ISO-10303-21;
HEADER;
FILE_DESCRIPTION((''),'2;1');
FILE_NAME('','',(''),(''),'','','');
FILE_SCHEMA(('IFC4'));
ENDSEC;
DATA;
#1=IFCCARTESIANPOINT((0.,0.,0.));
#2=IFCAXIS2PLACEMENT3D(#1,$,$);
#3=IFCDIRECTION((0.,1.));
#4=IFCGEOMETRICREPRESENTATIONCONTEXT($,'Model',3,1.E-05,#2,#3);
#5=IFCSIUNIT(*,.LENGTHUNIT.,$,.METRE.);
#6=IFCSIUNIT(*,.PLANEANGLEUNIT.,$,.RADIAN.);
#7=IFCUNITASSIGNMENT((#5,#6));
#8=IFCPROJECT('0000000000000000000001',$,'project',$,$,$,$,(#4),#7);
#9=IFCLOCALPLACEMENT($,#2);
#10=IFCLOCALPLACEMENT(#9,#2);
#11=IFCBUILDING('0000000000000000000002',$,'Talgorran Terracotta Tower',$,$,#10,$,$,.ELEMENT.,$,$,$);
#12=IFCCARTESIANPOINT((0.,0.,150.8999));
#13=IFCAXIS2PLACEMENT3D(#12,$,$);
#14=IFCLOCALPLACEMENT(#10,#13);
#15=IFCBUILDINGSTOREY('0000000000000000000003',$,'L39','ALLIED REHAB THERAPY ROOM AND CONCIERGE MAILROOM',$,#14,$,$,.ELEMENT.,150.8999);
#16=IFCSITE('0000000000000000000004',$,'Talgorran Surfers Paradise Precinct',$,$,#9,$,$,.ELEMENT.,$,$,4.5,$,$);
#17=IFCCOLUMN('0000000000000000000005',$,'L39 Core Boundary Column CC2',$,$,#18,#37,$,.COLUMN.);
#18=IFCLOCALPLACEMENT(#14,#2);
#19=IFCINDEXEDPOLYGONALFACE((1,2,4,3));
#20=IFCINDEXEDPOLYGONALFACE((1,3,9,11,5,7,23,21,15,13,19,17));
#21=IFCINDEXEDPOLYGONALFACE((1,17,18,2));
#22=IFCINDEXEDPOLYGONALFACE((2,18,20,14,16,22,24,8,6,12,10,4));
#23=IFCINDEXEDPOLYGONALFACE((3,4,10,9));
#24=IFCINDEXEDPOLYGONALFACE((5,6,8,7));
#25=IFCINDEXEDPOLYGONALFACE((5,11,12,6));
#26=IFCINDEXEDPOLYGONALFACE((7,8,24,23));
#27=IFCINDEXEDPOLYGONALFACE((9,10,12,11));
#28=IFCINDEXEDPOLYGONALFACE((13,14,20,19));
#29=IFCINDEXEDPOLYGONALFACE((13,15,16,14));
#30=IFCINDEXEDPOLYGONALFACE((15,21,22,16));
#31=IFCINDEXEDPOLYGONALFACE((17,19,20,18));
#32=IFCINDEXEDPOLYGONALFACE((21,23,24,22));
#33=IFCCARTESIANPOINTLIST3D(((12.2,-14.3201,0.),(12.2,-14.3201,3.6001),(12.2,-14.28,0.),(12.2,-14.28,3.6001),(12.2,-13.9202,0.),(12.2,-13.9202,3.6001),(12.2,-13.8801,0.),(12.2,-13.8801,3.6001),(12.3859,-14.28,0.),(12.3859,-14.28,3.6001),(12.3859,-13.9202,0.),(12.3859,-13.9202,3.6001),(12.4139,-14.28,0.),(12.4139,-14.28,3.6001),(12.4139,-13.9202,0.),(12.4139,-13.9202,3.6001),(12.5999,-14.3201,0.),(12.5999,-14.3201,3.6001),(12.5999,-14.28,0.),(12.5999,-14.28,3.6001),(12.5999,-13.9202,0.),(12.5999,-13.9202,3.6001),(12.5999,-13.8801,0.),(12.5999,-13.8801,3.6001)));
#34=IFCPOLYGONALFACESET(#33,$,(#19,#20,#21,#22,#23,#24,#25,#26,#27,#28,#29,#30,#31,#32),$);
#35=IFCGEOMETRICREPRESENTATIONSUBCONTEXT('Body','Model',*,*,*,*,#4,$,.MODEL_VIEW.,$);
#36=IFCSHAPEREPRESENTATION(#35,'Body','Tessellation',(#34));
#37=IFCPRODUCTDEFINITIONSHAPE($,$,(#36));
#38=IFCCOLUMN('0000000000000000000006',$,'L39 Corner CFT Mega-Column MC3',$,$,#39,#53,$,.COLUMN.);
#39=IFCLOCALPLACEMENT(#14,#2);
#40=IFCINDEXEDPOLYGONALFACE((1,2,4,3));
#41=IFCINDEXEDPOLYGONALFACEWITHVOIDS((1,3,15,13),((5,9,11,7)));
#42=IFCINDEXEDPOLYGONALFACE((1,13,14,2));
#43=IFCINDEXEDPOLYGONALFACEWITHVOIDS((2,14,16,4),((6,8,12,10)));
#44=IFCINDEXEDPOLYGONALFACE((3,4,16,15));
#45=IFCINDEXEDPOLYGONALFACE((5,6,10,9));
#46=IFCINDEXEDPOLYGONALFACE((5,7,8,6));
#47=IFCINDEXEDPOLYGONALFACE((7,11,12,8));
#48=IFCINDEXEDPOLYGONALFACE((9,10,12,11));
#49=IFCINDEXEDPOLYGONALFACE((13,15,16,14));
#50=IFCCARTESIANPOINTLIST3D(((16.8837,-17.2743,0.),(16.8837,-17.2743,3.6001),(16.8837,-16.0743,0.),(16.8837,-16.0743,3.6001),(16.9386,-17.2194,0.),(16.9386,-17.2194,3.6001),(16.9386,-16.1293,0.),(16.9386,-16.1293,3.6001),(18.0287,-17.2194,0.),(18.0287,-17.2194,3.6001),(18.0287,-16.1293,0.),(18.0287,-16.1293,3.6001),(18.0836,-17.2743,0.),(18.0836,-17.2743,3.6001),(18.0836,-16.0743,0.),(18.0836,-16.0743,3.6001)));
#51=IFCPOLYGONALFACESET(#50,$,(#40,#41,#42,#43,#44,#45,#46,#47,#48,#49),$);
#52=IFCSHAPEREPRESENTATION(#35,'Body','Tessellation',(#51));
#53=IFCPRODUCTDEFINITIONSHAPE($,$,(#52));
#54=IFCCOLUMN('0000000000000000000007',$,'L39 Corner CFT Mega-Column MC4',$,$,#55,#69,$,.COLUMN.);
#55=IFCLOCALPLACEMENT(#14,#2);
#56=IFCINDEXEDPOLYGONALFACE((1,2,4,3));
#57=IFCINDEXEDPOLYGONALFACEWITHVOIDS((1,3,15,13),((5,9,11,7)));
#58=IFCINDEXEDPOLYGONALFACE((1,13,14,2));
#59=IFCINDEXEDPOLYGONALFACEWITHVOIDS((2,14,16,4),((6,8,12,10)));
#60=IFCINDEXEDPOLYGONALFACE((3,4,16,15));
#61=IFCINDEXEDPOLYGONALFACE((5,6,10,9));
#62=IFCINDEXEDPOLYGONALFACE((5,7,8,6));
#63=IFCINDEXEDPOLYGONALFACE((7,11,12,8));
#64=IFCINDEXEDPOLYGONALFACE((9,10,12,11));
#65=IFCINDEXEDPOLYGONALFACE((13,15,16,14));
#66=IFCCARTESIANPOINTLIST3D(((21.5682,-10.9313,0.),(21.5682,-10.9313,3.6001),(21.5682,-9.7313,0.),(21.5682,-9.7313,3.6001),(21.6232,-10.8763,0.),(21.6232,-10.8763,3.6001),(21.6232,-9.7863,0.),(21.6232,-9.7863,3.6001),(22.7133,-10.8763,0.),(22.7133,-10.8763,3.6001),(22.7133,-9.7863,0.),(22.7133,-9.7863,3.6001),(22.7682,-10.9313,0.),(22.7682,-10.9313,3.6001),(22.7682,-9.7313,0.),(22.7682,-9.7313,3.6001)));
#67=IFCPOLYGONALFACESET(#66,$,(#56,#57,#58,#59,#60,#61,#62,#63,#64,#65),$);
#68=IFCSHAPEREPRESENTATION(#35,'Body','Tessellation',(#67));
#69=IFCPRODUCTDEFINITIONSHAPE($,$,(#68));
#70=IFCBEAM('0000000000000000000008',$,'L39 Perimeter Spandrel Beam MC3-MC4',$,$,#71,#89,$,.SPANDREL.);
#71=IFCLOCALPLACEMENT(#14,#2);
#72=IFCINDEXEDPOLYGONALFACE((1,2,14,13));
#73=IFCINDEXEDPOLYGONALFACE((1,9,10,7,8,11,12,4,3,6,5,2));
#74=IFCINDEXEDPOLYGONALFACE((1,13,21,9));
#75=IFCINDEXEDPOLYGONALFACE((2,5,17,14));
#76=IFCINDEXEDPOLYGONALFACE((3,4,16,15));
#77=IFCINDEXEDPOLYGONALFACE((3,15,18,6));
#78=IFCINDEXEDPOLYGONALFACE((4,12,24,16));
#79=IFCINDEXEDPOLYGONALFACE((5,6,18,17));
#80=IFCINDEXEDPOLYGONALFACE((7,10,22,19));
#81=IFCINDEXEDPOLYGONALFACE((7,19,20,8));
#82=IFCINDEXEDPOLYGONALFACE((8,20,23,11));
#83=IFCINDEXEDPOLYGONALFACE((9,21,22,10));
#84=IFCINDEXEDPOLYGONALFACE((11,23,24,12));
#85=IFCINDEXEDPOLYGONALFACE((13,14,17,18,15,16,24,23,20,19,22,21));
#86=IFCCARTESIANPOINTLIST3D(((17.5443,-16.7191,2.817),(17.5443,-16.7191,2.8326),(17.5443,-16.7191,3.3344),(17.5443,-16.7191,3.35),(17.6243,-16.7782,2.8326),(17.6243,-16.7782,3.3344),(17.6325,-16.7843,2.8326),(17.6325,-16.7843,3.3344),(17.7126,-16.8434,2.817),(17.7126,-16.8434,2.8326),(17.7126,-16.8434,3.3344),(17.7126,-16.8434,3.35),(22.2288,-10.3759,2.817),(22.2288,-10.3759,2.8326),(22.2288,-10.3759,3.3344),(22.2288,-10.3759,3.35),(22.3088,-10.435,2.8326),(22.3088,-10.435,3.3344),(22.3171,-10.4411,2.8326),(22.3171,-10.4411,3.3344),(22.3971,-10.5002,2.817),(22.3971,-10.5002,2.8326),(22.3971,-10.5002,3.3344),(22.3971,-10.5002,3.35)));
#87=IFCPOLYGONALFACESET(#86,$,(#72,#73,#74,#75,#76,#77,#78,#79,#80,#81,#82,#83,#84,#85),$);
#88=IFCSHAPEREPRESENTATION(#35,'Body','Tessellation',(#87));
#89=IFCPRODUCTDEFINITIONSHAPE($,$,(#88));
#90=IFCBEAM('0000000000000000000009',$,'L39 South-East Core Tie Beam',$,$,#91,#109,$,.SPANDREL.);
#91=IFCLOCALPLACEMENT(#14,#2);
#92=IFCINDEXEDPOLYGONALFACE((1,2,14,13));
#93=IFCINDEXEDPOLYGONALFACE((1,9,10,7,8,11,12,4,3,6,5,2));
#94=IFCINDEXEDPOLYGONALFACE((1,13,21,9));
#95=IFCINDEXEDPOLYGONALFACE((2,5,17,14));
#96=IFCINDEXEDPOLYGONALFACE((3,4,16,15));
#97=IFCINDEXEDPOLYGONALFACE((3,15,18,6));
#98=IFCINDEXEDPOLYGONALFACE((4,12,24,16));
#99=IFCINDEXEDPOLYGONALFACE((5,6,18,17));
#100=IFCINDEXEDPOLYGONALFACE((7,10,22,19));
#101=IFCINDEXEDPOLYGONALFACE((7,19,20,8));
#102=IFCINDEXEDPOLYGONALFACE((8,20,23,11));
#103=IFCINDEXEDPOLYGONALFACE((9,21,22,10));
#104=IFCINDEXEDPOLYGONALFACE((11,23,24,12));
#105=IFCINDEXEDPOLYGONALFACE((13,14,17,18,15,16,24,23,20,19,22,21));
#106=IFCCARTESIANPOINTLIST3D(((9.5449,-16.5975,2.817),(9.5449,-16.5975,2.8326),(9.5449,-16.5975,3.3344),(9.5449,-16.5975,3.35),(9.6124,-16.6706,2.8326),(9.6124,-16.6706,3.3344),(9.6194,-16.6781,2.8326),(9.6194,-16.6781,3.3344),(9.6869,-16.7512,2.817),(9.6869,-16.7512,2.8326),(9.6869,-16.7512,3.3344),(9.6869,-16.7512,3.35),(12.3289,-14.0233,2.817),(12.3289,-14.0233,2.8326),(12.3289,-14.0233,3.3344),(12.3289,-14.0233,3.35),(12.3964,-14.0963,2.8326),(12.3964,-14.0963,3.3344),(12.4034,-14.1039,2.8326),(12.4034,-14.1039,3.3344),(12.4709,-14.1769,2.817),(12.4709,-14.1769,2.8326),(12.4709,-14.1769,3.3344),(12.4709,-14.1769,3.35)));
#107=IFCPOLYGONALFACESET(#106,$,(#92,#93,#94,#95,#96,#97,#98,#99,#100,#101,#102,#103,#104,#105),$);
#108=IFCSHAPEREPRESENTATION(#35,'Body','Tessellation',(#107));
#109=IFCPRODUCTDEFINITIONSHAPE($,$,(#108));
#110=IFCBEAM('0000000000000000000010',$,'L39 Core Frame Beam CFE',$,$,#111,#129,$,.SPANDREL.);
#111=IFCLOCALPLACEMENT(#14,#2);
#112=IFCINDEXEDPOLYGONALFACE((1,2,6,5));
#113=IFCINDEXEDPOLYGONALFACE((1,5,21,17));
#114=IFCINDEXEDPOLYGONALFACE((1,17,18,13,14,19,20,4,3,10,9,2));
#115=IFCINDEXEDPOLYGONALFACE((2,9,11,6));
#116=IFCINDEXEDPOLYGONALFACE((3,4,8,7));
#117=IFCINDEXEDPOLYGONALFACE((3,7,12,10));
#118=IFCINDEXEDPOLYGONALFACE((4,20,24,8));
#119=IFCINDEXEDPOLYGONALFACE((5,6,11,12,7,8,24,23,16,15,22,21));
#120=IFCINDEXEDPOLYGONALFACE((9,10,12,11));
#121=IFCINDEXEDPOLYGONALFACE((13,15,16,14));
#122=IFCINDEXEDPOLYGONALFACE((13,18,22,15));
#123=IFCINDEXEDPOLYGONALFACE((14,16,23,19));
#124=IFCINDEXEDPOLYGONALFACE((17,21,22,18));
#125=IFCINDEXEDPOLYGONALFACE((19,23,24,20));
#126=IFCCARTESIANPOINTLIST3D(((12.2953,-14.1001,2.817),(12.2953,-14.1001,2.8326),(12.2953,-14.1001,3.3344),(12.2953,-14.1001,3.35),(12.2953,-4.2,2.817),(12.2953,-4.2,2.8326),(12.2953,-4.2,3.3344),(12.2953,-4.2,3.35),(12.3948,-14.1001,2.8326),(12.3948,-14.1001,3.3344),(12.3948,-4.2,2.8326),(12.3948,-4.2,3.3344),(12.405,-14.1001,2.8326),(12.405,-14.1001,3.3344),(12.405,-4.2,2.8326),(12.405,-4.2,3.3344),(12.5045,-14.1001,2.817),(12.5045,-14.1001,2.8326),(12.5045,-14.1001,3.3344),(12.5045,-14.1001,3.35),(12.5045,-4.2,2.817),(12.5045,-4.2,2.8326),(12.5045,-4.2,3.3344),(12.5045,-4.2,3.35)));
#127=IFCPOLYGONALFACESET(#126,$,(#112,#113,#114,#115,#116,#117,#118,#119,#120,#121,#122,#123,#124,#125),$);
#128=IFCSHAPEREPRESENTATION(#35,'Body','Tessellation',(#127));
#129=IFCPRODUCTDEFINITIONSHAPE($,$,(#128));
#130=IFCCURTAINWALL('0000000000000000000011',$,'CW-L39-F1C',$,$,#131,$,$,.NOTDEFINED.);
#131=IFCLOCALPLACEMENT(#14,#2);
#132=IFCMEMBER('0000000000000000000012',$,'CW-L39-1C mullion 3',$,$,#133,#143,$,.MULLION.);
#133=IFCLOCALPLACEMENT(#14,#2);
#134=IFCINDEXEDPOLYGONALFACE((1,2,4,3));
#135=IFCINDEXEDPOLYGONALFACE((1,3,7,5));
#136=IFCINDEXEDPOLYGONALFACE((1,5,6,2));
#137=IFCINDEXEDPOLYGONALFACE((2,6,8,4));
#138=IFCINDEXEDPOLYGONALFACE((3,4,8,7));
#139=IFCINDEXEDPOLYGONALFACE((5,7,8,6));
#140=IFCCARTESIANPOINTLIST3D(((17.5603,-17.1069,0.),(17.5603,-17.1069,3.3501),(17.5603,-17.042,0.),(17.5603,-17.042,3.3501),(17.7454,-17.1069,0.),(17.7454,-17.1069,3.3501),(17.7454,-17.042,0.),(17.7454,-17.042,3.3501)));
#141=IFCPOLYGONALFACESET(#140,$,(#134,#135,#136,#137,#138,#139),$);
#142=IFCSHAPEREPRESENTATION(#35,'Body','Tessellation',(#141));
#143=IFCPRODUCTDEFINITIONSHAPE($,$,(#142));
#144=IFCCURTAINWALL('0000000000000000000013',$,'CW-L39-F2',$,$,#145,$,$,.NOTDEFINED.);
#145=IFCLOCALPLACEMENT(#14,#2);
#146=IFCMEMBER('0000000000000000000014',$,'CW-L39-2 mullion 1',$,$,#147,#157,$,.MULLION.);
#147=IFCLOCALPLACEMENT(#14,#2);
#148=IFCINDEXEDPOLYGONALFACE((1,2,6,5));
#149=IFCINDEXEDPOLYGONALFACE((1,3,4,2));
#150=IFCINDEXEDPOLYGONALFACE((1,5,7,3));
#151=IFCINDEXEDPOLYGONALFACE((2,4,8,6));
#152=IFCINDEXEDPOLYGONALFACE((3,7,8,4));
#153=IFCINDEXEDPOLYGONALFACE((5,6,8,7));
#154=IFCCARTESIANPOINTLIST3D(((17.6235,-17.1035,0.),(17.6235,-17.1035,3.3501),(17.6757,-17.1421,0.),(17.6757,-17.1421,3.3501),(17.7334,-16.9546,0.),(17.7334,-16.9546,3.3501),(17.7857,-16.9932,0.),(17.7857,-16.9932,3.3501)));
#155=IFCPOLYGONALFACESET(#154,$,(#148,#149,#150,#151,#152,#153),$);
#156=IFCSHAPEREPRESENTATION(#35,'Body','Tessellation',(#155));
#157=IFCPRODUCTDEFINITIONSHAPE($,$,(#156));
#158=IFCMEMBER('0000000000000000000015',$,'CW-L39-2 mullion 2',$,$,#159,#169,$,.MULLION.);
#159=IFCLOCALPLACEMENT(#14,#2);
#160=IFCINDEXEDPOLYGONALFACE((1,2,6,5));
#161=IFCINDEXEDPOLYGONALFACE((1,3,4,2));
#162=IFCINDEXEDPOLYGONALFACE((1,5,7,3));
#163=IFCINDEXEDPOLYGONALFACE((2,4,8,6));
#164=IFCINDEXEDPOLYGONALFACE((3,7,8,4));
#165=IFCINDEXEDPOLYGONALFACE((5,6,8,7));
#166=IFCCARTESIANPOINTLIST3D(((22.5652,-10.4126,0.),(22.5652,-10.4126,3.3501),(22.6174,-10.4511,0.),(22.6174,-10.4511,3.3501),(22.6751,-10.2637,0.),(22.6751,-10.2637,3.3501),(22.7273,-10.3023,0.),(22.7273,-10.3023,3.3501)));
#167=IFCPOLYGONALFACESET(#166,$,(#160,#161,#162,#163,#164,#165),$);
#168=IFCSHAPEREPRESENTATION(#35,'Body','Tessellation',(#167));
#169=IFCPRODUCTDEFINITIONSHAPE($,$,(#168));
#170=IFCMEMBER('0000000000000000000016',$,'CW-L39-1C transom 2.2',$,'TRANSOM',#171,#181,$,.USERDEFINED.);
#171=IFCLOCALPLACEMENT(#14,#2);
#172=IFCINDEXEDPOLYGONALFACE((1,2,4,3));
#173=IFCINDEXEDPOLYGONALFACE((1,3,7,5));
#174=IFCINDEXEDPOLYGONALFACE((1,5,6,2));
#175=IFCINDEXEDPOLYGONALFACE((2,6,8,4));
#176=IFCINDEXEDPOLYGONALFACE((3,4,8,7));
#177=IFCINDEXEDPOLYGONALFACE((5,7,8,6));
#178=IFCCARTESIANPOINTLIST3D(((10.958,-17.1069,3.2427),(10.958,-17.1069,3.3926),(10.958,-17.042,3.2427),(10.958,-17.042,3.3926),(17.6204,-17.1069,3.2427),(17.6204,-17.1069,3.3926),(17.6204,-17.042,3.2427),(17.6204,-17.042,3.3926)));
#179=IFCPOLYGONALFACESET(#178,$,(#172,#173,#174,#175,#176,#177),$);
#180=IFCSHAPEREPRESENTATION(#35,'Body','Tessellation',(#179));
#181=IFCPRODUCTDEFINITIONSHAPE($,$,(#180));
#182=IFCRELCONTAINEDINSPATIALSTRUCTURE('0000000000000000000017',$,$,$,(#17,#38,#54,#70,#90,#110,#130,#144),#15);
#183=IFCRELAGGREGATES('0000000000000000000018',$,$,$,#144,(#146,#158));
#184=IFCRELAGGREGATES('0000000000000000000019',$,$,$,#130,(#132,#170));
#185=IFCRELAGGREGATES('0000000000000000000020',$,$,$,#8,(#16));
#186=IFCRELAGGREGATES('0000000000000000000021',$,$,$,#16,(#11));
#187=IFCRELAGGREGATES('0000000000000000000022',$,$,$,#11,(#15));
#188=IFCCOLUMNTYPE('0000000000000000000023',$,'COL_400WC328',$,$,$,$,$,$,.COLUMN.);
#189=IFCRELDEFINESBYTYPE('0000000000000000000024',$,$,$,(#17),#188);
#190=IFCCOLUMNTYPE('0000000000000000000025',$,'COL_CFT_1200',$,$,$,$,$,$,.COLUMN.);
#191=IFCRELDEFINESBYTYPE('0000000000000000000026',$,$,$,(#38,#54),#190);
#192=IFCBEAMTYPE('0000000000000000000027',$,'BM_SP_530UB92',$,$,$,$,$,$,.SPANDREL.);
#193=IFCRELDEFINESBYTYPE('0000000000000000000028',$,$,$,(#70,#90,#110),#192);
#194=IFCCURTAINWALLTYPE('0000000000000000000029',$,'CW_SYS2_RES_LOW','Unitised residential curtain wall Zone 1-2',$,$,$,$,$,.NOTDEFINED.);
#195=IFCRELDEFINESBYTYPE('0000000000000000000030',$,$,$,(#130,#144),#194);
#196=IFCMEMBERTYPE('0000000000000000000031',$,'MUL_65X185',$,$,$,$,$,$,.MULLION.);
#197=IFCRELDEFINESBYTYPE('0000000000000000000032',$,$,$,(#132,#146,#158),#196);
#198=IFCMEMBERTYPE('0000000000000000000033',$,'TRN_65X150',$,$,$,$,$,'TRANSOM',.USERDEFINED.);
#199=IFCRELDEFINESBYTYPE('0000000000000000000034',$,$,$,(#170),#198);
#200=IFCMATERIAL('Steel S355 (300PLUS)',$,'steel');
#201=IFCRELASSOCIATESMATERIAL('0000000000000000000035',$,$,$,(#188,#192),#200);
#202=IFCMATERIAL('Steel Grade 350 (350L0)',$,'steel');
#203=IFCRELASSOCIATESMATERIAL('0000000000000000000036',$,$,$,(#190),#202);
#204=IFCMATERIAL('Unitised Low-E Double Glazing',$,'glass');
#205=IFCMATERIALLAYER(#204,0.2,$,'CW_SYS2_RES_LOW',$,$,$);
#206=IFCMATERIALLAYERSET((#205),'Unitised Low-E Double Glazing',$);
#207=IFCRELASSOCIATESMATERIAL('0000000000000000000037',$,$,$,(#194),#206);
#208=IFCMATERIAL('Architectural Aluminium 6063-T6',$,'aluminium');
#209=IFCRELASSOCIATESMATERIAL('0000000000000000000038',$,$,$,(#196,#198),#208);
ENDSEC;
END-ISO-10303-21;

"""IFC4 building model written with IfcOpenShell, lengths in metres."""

from ifc_helpers import new_model, si_unit, direction, frame, origin, origin_2d, place, context, subcontext, project, spatial, rectangle, hollow_rectangle, i_section, extrude, material, layer, layer_set, material_profile, profile_set, type_object, element, aggregate, save


model = new_model("IFC4")

# Units and contexts
model_context = context("Model", 3, precision=1e-05, world=origin(), true_north=direction((0.0, 1.0)))
body_context = subcontext(model_context, "Body", "Model", "MODEL_VIEW")
ifc_project = project(units=[si_unit("LENGTHUNIT", "METRE"), si_unit("PLANEANGLEUNIT", "RADIAN")], contexts=[model_context])

# Site, building, storey
site_placement = place(None, origin())
site = spatial("IfcSite", under=ifc_project, at=site_placement, Name="Talgorran Surfers Paradise Precinct", CompositionType="ELEMENT", RefElevation=4.5)
building_placement = place(site_placement, origin())
building = spatial("IfcBuilding", under=site, at=building_placement, Name="Talgorran Terracotta Tower", CompositionType="ELEMENT")
storey_placement = place(building_placement, frame((0.0, 0.0, 150.8999)))
storey = spatial("IfcBuildingStorey", under=building, at=storey_placement, Name="L39", Description="ALLIED REHAB THERAPY ROOM AND CONCIERGE MAILROOM", CompositionType="ELEMENT", Elevation=150.8999)

# Columns
ifc_material_1 = material(Name="Steel S355 (300PLUS)", Category="steel")
ifc_material_profile_1 = material_profile(ifc_material_1, i_section(OverallWidth=0.3999, OverallDepth=0.4399, WebThickness=0.0281, FlangeThickness=0.04, at=origin_2d()), Name="400WC328")
ifc_profile_set_1 = profile_set([ifc_material_profile_1], Name="Steel S355 (300PLUS)")
column_type_1 = type_object("IfcColumnType", Name="COL_400WC328", PredefinedType="COLUMN", material=ifc_profile_set_1)
column_placement = place(storey_placement, frame((12.3999, -14.1001, 0.0), z_axis=(0.0, 0.0, 1.0), x_axis=(1.0, 0.0, 0.0)))
element("IfcColumn", 1, at=column_placement, inside=storey, type_object=column_type_1, Name="L39 Core Boundary Column CC2", PredefinedType="COLUMN", context=body_context, shape_type="SweptSolid", body=[
    extrude(i_section(OverallWidth=0.3999, OverallDepth=0.4399, WebThickness=0.0281, FlangeThickness=0.04, at=origin_2d()), origin(), (0.0, 0.0, 1.0), 3.6001),
])
ifc_material_2 = material(Name="Steel Grade 350 (350L0)", Category="steel")
ifc_material_profile_2 = material_profile(ifc_material_2, hollow_rectangle(XDim=1.2, YDim=1.2, WallThickness=0.0549, at=origin_2d()), Name="CFT1200X1200X55")
ifc_profile_set_2 = profile_set([ifc_material_profile_2], Name="Steel Grade 350 (350L0)")
column_type_2 = type_object("IfcColumnType", Name="COL_CFT_1200", PredefinedType="COLUMN", material=ifc_profile_set_2)
for number, where, z_axis, x_axis, name in (
    (2, (17.4836, -16.6743, 0.0), (0.0, 0.0, 1.0), (1.0, 0.0, 0.0), "L39 Corner CFT Mega-Column MC3"),
    (3, (22.1682, -10.3313, 0.0), (0.0, 0.0, 1.0), (1.0, 0.0, 0.0), "L39 Corner CFT Mega-Column MC4"),
):
    element("IfcColumn", number, at=place(storey_placement, frame(where, z_axis=z_axis, x_axis=x_axis)), inside=storey, type_object=column_type_2, Name=name, PredefinedType="COLUMN", context=body_context, shape_type="SweptSolid", body=[
        extrude(hollow_rectangle(XDim=1.2, YDim=1.2, WallThickness=0.0549, at=origin_2d()), origin(), (0.0, 0.0, 1.0), 3.6001),
    ])

# Beams
ifc_material_profile_3 = material_profile(ifc_material_1, i_section(OverallWidth=0.2092, OverallDepth=0.533, WebThickness=0.0103, FlangeThickness=0.0156, at=origin_2d()), Name="530UB92.4")
ifc_profile_set_3 = profile_set([ifc_material_profile_3], Name="Steel S355 (300PLUS)")
beam_type = type_object("IfcBeamType", Name="BM_SP_530UB92", PredefinedType="SPANDREL", material=ifc_profile_set_3)
beam_1_placement = place(storey_placement, frame((17.6284, -16.7812, 3.0835), z_axis=(0.594069, 0.804414, 0.0), x_axis=(-0.804414, 0.594069, 0.0)))
element("IfcBeam", 4, at=beam_1_placement, inside=storey, type_object=beam_type, Name="L39 Perimeter Spandrel Beam MC3-MC4", PredefinedType="SPANDREL", context=body_context, shape_type="SweptSolid", body=[
    extrude(i_section(OverallWidth=0.2092, OverallDepth=0.533, WebThickness=0.0103, FlangeThickness=0.0156, at=origin_2d()), origin(), (0.0, 0.0, 1.0), 7.8855),
])
beam_2_placement = place(storey_placement, frame((12.3999, -14.1001, 3.0835), z_axis=(-0.734221, -0.678911, 0.0), x_axis=(0.678911, -0.734221, 0.0)))
element("IfcBeam", 5, at=beam_2_placement, inside=storey, type_object=beam_type, Name="L39 South-East Core Tie Beam", PredefinedType="SPANDREL", context=body_context, shape_type="SweptSolid", body=[
    extrude(i_section(OverallWidth=0.2092, OverallDepth=0.533, WebThickness=0.0103, FlangeThickness=0.0156, at=origin_2d()), origin(), (0.0, 0.0, 1.0), 3.7917),
])
beam_3_placement = place(storey_placement, frame((12.3999, -14.1001, 3.0835), z_axis=(0.0, 1.0, 0.0), x_axis=(-1.0, 0.0, 0.0)))
element("IfcBeam", 6, at=beam_3_placement, inside=storey, type_object=beam_type, Name="L39 Core Frame Beam CFE", PredefinedType="SPANDREL", context=body_context, shape_type="SweptSolid", body=[
    extrude(i_section(OverallWidth=0.2092, OverallDepth=0.533, WebThickness=0.0103, FlangeThickness=0.0156, at=origin_2d()), origin(), (0.0, 0.0, 1.0), 9.9001),
])

# Curtain wall, member
ifc_material_3 = material(Name="Unitised Low-E Double Glazing", Category="glass")
ifc_layer_1 = layer(ifc_material_3, 0.2, Name="CW_SYS2_RES_LOW")
ifc_layer_set_1 = layer_set([ifc_layer_1], Name="Unitised Low-E Double Glazing")
curtain_wall_type = type_object("IfcCurtainWallType", Name="CW_SYS2_RES_LOW", Description="Unitised residential curtain wall Zone 1-2", PredefinedType="NOTDEFINED", material=ifc_layer_set_1)
curtain_wall_1_placement = place(storey_placement, origin())
curtain_wall_1 = element("IfcCurtainWall", 7, at=curtain_wall_1_placement, inside=storey, type_object=curtain_wall_type, Name="CW-L39-F1C", PredefinedType="NOTDEFINED")
ifc_material_4 = material(Name="Architectural Aluminium 6063-T6", Category="aluminium")
ifc_material_profile_4 = material_profile(ifc_material_4, rectangle(XDim=0.0649, YDim=0.1851, at=origin_2d()), Name="CWM65X185")
ifc_profile_set_4 = profile_set([ifc_material_profile_4], Name="Architectural Aluminium 6063-T6")
member_type_1 = type_object("IfcMemberType", Name="MUL_65X185", PredefinedType="MULLION", material=ifc_profile_set_4)
member_1_placement = place(storey_placement, frame((17.6528, -17.0745, 0.0), z_axis=(0.0, 0.0, 1.0), x_axis=(0.0, 1.0, 0.0)))
member_1 = element("IfcMember", 8, at=member_1_placement, type_object=member_type_1, Name="CW-L39-1C mullion 3", PredefinedType="MULLION", context=body_context, shape_type="SweptSolid", body=[
    extrude(rectangle(XDim=0.0649, YDim=0.1851, at=origin_2d()), origin(), (0.0, 0.0, 1.0), 3.3501),
])

# Curtain wall, members
curtain_wall_2_placement = place(storey_placement, origin())
curtain_wall_2 = element("IfcCurtainWall", 9, at=curtain_wall_2_placement, inside=storey, type_object=curtain_wall_type, Name="CW-L39-F2", PredefinedType="NOTDEFINED")
member_2_placement = place(storey_placement, frame((17.7046, -17.0483, 0.0), z_axis=(0.0, 0.0, 1.0), x_axis=(-0.804404, 0.594082, 0.0)))
member_2 = element("IfcMember", 10, at=member_2_placement, type_object=member_type_1, Name="CW-L39-2 mullion 1", PredefinedType="MULLION", context=body_context, shape_type="SweptSolid", body=[
    extrude(rectangle(XDim=0.0649, YDim=0.1851, at=origin_2d()), origin(), (0.0, 0.0, 1.0), 3.3501),
])
member_3_placement = place(storey_placement, frame((22.6462, -10.3574, 0.0), z_axis=(0.0, 0.0, 1.0), x_axis=(-0.804404, 0.594082, 0.0)))
member_3 = element("IfcMember", 11, at=member_3_placement, type_object=member_type_1, Name="CW-L39-2 mullion 2", PredefinedType="MULLION", context=body_context, shape_type="SweptSolid", body=[
    extrude(rectangle(XDim=0.0649, YDim=0.1851, at=origin_2d()), origin(), (0.0, 0.0, 1.0), 3.3501),
])

# Member
ifc_material_profile_5 = material_profile(ifc_material_4, rectangle(XDim=0.0649, YDim=0.1499, at=origin_2d()), Name="CWT65X150")
ifc_profile_set_5 = profile_set([ifc_material_profile_5], Name="Architectural Aluminium 6063-T6")
member_type_2 = type_object("IfcMemberType", Name="TRN_65X150", ElementType="TRANSOM", PredefinedType="USERDEFINED", material=ifc_profile_set_5)
member_4_placement = place(storey_placement, frame((10.958, -17.0745, 3.3176), z_axis=(1.0, 0.0, 0.0), x_axis=(0.0, 1.0, 0.0)))
member_4 = element("IfcMember", 12, at=member_4_placement, type_object=member_type_2, Name="CW-L39-1C transom 2.2", ObjectType="TRANSOM", PredefinedType="USERDEFINED", context=body_context, shape_type="SweptSolid", body=[
    extrude(rectangle(XDim=0.0649, YDim=0.1499, at=origin_2d()), origin(), (0.0, 0.0, 1.0), 6.6624),
])

aggregate(curtain_wall_2, [member_2, member_3])
aggregate(curtain_wall_1, [member_1, member_4])

save(model, "model.ifc")
